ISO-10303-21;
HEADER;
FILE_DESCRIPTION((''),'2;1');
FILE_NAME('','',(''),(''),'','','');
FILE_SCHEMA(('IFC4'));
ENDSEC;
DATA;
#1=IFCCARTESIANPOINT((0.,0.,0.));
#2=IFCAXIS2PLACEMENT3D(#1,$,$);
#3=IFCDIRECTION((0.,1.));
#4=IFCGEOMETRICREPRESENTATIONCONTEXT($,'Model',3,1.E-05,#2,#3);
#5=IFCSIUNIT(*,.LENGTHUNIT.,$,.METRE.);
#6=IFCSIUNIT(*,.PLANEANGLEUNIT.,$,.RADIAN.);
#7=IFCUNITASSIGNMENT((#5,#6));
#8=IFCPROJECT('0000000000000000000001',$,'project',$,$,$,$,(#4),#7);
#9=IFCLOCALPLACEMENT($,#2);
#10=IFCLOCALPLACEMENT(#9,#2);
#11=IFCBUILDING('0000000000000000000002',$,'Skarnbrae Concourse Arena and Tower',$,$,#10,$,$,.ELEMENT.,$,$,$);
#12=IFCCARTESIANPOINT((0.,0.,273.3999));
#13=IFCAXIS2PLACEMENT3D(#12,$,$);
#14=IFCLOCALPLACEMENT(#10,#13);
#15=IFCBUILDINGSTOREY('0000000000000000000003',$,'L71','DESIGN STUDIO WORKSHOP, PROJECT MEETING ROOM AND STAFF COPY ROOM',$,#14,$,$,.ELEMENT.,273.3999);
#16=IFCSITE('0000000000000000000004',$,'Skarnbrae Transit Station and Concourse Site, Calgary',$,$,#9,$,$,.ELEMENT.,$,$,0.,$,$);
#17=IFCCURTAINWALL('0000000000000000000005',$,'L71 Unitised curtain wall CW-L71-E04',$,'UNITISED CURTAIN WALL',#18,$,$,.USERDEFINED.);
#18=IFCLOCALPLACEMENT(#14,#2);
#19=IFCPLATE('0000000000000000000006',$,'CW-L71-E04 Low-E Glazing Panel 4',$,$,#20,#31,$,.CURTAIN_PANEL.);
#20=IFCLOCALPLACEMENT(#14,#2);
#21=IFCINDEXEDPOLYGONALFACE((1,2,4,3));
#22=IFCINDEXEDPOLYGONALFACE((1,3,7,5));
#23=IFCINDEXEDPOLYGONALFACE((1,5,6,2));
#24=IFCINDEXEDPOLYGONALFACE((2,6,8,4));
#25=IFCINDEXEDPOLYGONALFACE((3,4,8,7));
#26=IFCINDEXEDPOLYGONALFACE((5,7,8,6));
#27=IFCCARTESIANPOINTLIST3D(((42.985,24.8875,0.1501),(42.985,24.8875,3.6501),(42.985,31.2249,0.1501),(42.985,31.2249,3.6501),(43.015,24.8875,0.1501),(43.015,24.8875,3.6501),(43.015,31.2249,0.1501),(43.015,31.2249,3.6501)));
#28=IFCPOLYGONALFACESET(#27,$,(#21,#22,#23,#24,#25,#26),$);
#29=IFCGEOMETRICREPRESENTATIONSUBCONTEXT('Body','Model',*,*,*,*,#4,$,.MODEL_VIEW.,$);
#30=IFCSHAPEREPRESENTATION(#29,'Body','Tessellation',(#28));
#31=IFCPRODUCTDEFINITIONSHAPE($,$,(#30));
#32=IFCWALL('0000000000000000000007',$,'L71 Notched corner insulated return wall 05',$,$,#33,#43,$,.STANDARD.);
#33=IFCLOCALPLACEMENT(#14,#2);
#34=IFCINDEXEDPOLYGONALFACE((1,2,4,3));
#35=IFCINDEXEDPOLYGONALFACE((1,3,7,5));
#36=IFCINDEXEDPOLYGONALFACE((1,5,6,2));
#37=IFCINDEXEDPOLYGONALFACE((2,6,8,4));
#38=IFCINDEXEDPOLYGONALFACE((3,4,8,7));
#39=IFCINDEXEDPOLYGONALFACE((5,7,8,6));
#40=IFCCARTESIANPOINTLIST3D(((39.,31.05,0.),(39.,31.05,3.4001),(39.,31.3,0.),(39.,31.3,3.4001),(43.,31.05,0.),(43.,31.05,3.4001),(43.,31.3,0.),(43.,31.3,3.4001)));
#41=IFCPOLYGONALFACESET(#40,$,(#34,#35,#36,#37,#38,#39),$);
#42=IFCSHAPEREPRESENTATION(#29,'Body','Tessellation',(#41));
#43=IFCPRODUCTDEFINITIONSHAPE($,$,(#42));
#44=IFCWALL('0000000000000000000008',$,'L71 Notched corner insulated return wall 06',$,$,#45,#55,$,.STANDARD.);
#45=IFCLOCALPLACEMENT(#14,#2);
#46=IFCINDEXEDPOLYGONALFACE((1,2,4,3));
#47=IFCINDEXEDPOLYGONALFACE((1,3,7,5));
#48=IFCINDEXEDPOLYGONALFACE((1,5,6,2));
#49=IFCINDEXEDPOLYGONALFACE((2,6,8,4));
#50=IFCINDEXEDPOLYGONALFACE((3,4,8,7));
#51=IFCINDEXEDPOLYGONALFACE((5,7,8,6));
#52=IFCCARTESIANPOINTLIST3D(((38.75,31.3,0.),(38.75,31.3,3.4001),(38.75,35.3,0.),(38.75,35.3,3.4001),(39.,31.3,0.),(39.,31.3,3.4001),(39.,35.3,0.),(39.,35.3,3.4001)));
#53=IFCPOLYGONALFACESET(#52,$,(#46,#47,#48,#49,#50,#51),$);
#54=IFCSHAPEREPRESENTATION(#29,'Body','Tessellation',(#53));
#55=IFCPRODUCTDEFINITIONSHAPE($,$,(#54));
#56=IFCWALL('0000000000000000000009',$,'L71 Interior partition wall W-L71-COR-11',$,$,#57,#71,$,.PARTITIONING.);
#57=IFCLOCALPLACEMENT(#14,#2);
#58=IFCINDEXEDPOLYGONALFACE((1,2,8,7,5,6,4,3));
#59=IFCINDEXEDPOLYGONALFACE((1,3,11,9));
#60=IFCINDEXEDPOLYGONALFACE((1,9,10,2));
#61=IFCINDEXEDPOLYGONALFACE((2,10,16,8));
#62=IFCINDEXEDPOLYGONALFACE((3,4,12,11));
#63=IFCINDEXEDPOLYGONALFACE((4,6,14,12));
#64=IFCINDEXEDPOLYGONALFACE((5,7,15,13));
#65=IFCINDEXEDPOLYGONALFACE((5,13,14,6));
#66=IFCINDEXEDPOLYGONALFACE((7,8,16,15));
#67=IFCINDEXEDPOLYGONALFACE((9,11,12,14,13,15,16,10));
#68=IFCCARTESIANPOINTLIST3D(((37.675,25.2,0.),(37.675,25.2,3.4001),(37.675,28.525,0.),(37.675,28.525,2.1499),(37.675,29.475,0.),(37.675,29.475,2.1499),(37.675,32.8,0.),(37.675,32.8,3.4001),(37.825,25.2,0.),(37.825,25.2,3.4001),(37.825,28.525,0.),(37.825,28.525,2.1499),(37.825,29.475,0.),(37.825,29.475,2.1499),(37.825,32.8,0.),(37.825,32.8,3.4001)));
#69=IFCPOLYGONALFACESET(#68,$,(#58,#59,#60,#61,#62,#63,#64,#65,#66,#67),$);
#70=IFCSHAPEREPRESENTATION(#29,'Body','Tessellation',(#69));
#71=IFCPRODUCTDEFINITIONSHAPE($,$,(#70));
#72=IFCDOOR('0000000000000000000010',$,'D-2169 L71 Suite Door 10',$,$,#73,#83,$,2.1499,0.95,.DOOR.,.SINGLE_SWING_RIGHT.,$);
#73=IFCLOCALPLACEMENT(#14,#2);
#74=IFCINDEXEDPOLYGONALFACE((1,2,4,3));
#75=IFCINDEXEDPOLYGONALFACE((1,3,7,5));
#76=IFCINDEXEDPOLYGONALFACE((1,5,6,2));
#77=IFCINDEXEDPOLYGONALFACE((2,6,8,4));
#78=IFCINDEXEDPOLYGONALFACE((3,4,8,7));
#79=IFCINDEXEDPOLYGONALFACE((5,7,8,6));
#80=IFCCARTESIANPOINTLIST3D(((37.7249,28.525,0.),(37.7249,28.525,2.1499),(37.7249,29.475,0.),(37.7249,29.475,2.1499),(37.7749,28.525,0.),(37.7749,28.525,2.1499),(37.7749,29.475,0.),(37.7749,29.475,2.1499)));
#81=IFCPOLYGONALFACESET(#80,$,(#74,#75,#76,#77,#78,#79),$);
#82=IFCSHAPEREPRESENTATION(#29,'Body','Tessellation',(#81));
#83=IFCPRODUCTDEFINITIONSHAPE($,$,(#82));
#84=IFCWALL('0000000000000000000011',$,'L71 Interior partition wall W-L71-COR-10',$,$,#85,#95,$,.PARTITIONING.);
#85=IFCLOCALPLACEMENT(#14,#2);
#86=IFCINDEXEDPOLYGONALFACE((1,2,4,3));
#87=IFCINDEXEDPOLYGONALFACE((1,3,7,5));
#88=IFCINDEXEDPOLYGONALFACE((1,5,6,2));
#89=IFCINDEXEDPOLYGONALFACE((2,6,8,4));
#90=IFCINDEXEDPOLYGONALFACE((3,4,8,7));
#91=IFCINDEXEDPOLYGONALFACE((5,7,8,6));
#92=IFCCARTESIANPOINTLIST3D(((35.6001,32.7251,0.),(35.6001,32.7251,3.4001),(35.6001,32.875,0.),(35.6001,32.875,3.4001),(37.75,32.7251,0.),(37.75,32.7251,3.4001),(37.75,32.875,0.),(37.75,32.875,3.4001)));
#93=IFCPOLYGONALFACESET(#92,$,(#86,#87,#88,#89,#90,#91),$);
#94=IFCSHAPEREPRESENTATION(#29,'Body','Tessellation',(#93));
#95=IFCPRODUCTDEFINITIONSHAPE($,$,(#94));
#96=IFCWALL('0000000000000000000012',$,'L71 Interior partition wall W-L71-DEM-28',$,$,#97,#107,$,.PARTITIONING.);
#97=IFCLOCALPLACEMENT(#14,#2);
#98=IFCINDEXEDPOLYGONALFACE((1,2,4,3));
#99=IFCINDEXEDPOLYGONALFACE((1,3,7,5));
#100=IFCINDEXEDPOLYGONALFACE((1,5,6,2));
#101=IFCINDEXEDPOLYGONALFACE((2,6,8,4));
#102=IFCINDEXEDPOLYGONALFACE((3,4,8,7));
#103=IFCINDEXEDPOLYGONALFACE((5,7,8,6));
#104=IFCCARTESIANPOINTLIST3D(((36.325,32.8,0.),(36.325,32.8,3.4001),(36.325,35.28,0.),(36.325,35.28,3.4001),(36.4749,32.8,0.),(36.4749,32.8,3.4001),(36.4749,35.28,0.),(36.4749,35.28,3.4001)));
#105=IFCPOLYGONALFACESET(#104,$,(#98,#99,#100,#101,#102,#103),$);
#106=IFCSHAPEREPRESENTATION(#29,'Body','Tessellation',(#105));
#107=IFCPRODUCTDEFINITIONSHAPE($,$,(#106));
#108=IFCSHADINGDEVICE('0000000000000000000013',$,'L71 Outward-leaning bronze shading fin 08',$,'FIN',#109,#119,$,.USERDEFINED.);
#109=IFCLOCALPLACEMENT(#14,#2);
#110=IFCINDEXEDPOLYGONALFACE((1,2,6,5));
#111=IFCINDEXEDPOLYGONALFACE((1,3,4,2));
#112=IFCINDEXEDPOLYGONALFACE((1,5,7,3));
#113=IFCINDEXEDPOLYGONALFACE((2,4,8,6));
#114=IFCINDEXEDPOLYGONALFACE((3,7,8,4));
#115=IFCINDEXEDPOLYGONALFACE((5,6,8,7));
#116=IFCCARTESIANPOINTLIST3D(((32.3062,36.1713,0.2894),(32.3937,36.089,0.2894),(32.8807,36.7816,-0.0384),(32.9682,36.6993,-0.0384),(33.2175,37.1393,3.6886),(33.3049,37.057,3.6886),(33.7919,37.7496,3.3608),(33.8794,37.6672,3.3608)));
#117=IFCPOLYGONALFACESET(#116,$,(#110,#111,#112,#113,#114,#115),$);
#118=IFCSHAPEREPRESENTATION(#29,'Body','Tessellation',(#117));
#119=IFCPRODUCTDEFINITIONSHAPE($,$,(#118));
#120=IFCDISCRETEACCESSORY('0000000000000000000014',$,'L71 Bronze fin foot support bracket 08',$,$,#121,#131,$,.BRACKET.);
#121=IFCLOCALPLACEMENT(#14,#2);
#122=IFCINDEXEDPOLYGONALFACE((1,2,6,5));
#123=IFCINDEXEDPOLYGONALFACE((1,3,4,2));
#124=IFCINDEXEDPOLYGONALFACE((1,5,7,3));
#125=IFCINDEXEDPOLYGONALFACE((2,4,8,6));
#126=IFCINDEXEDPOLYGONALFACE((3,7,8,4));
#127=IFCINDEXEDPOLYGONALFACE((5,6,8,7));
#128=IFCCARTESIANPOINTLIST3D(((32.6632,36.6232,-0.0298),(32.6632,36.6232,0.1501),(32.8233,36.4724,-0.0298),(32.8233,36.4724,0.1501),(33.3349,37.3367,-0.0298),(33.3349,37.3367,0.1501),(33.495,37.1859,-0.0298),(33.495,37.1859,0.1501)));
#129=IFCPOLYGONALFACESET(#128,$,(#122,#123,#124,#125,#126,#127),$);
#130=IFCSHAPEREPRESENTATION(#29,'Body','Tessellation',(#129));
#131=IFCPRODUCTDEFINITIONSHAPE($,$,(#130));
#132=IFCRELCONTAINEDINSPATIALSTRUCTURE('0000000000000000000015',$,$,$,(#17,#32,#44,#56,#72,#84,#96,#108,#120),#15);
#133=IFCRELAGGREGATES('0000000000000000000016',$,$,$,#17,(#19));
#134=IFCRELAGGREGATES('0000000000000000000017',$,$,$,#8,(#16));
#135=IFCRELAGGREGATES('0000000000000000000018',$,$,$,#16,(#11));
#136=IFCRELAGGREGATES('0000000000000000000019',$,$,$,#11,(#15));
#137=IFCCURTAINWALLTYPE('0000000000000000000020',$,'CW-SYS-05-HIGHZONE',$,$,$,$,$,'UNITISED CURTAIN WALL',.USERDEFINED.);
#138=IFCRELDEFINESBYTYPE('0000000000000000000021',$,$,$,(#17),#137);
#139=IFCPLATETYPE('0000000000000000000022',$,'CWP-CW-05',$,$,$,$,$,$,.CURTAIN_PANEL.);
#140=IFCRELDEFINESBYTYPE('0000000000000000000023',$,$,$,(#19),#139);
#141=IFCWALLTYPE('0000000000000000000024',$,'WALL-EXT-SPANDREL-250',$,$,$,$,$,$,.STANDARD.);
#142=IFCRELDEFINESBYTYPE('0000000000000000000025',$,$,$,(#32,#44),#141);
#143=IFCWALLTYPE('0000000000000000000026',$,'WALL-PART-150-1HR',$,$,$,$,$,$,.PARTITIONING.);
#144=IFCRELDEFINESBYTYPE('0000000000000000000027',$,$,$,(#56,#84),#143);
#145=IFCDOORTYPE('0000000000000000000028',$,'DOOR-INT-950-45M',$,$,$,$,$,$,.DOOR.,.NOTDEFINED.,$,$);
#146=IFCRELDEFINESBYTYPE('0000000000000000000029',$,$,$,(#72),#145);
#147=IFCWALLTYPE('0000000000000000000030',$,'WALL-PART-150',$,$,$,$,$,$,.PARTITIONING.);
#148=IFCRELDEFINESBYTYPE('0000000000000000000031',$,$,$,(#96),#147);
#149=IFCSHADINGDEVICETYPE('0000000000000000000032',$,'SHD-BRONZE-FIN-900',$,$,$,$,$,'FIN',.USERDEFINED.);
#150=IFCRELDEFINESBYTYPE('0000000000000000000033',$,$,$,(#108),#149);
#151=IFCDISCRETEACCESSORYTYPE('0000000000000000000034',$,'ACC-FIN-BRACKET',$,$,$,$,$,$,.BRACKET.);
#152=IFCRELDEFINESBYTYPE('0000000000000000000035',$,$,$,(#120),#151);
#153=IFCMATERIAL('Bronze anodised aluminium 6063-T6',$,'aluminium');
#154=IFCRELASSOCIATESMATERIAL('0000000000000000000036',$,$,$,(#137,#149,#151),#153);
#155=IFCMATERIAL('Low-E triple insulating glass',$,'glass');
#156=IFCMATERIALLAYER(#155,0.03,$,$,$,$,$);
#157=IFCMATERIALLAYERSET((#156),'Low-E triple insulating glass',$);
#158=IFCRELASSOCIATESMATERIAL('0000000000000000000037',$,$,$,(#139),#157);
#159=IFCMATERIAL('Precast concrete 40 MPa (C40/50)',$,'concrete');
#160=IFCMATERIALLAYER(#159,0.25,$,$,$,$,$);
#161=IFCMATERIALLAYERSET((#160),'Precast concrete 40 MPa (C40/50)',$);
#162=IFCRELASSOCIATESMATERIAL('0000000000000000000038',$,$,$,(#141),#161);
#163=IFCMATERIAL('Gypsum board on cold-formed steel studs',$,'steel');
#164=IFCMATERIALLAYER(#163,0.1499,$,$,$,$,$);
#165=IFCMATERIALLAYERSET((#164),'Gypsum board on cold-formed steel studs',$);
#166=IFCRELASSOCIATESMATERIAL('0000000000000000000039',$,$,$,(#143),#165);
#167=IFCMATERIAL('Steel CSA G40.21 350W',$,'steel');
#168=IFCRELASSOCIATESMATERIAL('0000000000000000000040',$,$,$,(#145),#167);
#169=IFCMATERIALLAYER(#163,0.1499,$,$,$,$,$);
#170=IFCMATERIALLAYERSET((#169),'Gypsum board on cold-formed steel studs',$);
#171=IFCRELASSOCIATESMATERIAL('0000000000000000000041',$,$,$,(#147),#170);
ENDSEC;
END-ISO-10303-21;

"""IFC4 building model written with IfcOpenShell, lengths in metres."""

from ifc_helpers import new_model, si_unit, direction, frame, frame_2d, origin, origin_2d, place, context, subcontext, project, spatial, rectangle, extrude, source, transform, mapped, material, layer, layer_set, type_object, element, fill, aggregate, save


model = new_model("IFC4")

# Units and contexts
model_context = context("Model", 3, precision=1e-05, world=origin(), true_north=direction((0.0, 1.0)))
body_context = subcontext(model_context, "Body", "Model", "MODEL_VIEW")
ifc_project = project(units=[si_unit("LENGTHUNIT", "METRE"), si_unit("PLANEANGLEUNIT", "RADIAN")], contexts=[model_context])

# Site, building, storey
site_placement = place(None, origin())
site = spatial("IfcSite", under=ifc_project, at=site_placement, Name="Skarnbrae Transit Station and Concourse Site, Calgary", CompositionType="ELEMENT", RefElevation=0.0)
building_placement = place(site_placement, origin())
building = spatial("IfcBuilding", under=site, at=building_placement, Name="Skarnbrae Concourse Arena and Tower", CompositionType="ELEMENT")
storey_placement = place(building_placement, frame((0.0, 0.0, 273.3999)))
storey = spatial("IfcBuildingStorey", under=building, at=storey_placement, Name="L71", Description="DESIGN STUDIO WORKSHOP, PROJECT MEETING ROOM AND STAFF COPY ROOM", CompositionType="ELEMENT", Elevation=273.3999)

# Shared definitions
ifc_material_1 = material(Name="Steel CSA G40.21 350W", Category="steel")

# Curtain wall
ifc_material_2 = material(Name="Bronze anodised aluminium 6063-T6", Category="aluminium")
curtain_wall_type = type_object("IfcCurtainWallType", Name="CW-SYS-05-HIGHZONE", ElementType="UNITISED CURTAIN WALL", PredefinedType="USERDEFINED", material=ifc_material_2)
curtain_wall_1_placement = place(storey_placement, origin())
curtain_wall_1 = element("IfcCurtainWall", 1, at=curtain_wall_1_placement, inside=storey, type_object=curtain_wall_type, Name="L71 Unitised curtain wall CW-L71-E04", ObjectType="UNITISED CURTAIN WALL", PredefinedType="USERDEFINED")

# Plate
ifc_material_3 = material(Name="Low-E triple insulating glass", Category="glass")
ifc_layer_1 = layer(ifc_material_3, 0.03)
ifc_layer_set_1 = layer_set([ifc_layer_1], Name="Low-E triple insulating glass")
plate_type = type_object("IfcPlateType", Name="CWP-CW-05", PredefinedType="CURTAIN_PANEL", material=ifc_layer_set_1)
shared_shape_1 = source(origin(), body_context, "Body", "SweptSolid", [
    extrude(rectangle(XDim=6.3374, YDim=0.03, at=origin_2d()), origin(), (0.0, 0.0, 1.0), 3.5),
])
plate_1_placement = place(storey_placement, frame((43.0, 28.0562, 0.1501), z_axis=(0.0, 0.0, 1.0), x_axis=(0.0, 1.0, 0.0)))
plate_1 = element("IfcPlate", 2, at=plate_1_placement, type_object=plate_type, Name="CW-L71-E04 Low-E Glazing Panel 4", PredefinedType="CURTAIN_PANEL", context=body_context, shape_type="MappedRepresentation", body=[
    mapped(shared_shape_1, transform((0.0, 0.0, 0.0))),
])
aggregate(curtain_wall_1, [plate_1])

# Walls
ifc_material_4 = material(Name="Precast concrete 40 MPa (C40/50)", Category="concrete")
ifc_layer_2 = layer(ifc_material_4, 0.25)
ifc_layer_set_2 = layer_set([ifc_layer_2], Name="Precast concrete 40 MPa (C40/50)")
wall_type_1 = type_object("IfcWallType", Name="WALL-EXT-SPANDREL-250", PredefinedType="STANDARD", material=ifc_layer_set_2)
shared_shape_2 = source(origin(), body_context, "Body", "SweptSolid", [
    extrude(rectangle(XDim=4.0, YDim=0.25, at=frame_2d((2.0, 0.0))), origin(), (0.0, 0.0, 1.0), 3.4001),
])
for number, where, z_axis, x_axis, name in (
    (3, (43.0, 31.175, 0.0), (0.0, 0.0, 1.0), (-1.0, 0.0, 0.0), "L71 Notched corner insulated return wall 05"),
    (4, (38.875, 31.3, 0.0), (0.0, 0.0, 1.0), (0.0, 1.0, 0.0), "L71 Notched corner insulated return wall 06"),
):
    element("IfcWall", number, at=place(storey_placement, frame(where, z_axis=z_axis, x_axis=x_axis)), inside=storey, type_object=wall_type_1, Name=name, PredefinedType="STANDARD", context=body_context, shape_type="MappedRepresentation", body=[
        mapped(shared_shape_2, transform((0.0, 0.0, 0.0))),
    ])

# Wall, opening, door
ifc_material_5 = material(Name="Gypsum board on cold-formed steel studs", Category="steel")
ifc_layer_3 = layer(ifc_material_5, 0.1499)
ifc_layer_set_3 = layer_set([ifc_layer_3], Name="Gypsum board on cold-formed steel studs")
wall_type_2 = type_object("IfcWallType", Name="WALL-PART-150-1HR", PredefinedType="PARTITIONING", material=ifc_layer_set_3)
shared_shape_3 = source(origin(), body_context, "Body", "SweptSolid", [
    extrude(rectangle(XDim=7.6001, YDim=0.1499, at=frame_2d((3.8, 0.0))), origin(), (0.0, 0.0, 1.0), 3.4001),
])
wall_1_placement = place(storey_placement, frame((37.75, 32.8, 0.0), z_axis=(0.0, 0.0, 1.0), x_axis=(0.0, -1.0, 0.0)))
wall_1 = element("IfcWall", 5, at=wall_1_placement, inside=storey, type_object=wall_type_2, Name="L71 Interior partition wall W-L71-COR-11", PredefinedType="PARTITIONING", context=body_context, shape_type="MappedRepresentation", body=[
    mapped(shared_shape_3, transform((0.0, 0.0, 0.0))),
])
opening_placement = place(wall_1_placement, frame((3.325, 0.0, 0.0)))
opening = element("IfcOpeningElement", 6, at=opening_placement, cuts=wall_1, PredefinedType="OPENING", context=body_context, shape_type="SweptSolid", body=[
    extrude(rectangle(XDim=0.95, YDim=2.1499, at=frame_2d((0.4751, 1.075))), frame((0.0, 0.085, 0.0), z_axis=(0.0, -1.0, 0.0), x_axis=(1.0, 0.0, 0.0)), (0.0, 0.0, 1.0), 0.1699),
])
door_type = type_object("IfcDoorType", Name="DOOR-INT-950-45M", OperationType="NOTDEFINED", PredefinedType="DOOR", material=ifc_material_1)
shared_shape_4 = source(origin(), body_context, "Body", "SweptSolid", [
    extrude(rectangle(XDim=0.95, YDim=2.1499, at=frame_2d((0.4751, 1.075))), frame((0.0, 0.0249, 0.0), z_axis=(0.0, -1.0, 0.0), x_axis=(1.0, 0.0, 0.0)), (0.0, 0.0, 1.0), 0.05),
])
door_placement = place(opening_placement, origin())
door = element("IfcDoor", 7, at=door_placement, inside=storey, type_object=door_type, Name="D-2169 L71 Suite Door 10", OperationType="SINGLE_SWING_RIGHT", OverallHeight=2.1499, OverallWidth=0.95, PredefinedType="DOOR", context=body_context, shape_type="MappedRepresentation", body=[
    mapped(shared_shape_4, transform((0.0, 0.0, 0.0))),
])
fill(opening, door)

# Walls
shared_shape_5 = source(origin(), body_context, "Body", "SweptSolid", [
    extrude(rectangle(XDim=2.1499, YDim=0.1499, at=frame_2d((1.075, 0.0))), origin(), (0.0, 0.0, 1.0), 3.4001),
])
wall_2_placement = place(storey_placement, frame((35.6001, 32.8, 0.0), z_axis=(0.0, 0.0, 1.0), x_axis=(1.0, 0.0, 0.0)))
element("IfcWall", 8, at=wall_2_placement, inside=storey, type_object=wall_type_2, Name="L71 Interior partition wall W-L71-COR-10", PredefinedType="PARTITIONING", context=body_context, shape_type="MappedRepresentation", body=[
    mapped(shared_shape_5, transform((0.0, 0.0, 0.0))),
])
ifc_layer_4 = layer(ifc_material_5, 0.1499)
ifc_layer_set_4 = layer_set([ifc_layer_4], Name="Gypsum board on cold-formed steel studs")
wall_type_3 = type_object("IfcWallType", Name="WALL-PART-150", PredefinedType="PARTITIONING", material=ifc_layer_set_4)
shared_shape_6 = source(origin(), body_context, "Body", "SweptSolid", [
    extrude(rectangle(XDim=2.48, YDim=0.1499, at=frame_2d((1.24, 0.0))), origin(), (0.0, 0.0, 1.0), 3.4001),
])
wall_3_placement = place(storey_placement, frame((36.3999, 35.28, 0.0), z_axis=(0.0, 0.0, 1.0), x_axis=(0.0, -1.0, 0.0)))
element("IfcWall", 9, at=wall_3_placement, inside=storey, type_object=wall_type_3, Name="L71 Interior partition wall W-L71-DEM-28", PredefinedType="PARTITIONING", context=body_context, shape_type="MappedRepresentation", body=[
    mapped(shared_shape_6, transform((0.0, 0.0, 0.0))),
])

# Shading device
shading_device_type = type_object("IfcShadingDeviceType", Name="SHD-BRONZE-FIN-900", ElementType="FIN", PredefinedType="USERDEFINED", material=ifc_material_2)
shared_shape_7 = source(origin(), body_context, "Body", "SweptSolid", [
    extrude(rectangle(XDim=0.1201, YDim=0.8999, at=origin_2d()), origin(), (0.0, 0.0, 1.0), 3.6499),
])
shading_device_placement = place(storey_placement, frame((32.6372, 36.4353, 0.1255), z_axis=(0.249655, 0.265205, 0.93131), x_axis=(0.728132, -0.685437, 0.0)))
element("IfcShadingDevice", 10, at=shading_device_placement, inside=storey, type_object=shading_device_type, Name="L71 Outward-leaning bronze shading fin 08", ObjectType="FIN", PredefinedType="USERDEFINED", context=body_context, shape_type="MappedRepresentation", body=[
    mapped(shared_shape_7, transform((0.0, 0.0, 0.0))),
])

# Discrete accessory
discrete_accessory_type = type_object("IfcDiscreteAccessoryType", Name="ACC-FIN-BRACKET", PredefinedType="BRACKET", material=ifc_material_2)
shared_shape_8 = source(origin(), body_context, "Body", "SweptSolid", [
    extrude(rectangle(XDim=0.22, YDim=0.98, at=origin_2d()), origin(), (0.0, 0.0, 1.0), 0.1799),
])
discrete_accessory_placement = place(storey_placement, frame((33.0791, 36.9045, -0.0298), z_axis=(0.0, 0.0, 1.0), x_axis=(0.728132, -0.685437, 0.0)))
element("IfcDiscreteAccessory", 11, at=discrete_accessory_placement, inside=storey, type_object=discrete_accessory_type, Name="L71 Bronze fin foot support bracket 08", PredefinedType="BRACKET", context=body_context, shape_type="MappedRepresentation", body=[
    mapped(shared_shape_8, transform((0.0, 0.0, 0.0))),
])

save(model, "model.ifc")
